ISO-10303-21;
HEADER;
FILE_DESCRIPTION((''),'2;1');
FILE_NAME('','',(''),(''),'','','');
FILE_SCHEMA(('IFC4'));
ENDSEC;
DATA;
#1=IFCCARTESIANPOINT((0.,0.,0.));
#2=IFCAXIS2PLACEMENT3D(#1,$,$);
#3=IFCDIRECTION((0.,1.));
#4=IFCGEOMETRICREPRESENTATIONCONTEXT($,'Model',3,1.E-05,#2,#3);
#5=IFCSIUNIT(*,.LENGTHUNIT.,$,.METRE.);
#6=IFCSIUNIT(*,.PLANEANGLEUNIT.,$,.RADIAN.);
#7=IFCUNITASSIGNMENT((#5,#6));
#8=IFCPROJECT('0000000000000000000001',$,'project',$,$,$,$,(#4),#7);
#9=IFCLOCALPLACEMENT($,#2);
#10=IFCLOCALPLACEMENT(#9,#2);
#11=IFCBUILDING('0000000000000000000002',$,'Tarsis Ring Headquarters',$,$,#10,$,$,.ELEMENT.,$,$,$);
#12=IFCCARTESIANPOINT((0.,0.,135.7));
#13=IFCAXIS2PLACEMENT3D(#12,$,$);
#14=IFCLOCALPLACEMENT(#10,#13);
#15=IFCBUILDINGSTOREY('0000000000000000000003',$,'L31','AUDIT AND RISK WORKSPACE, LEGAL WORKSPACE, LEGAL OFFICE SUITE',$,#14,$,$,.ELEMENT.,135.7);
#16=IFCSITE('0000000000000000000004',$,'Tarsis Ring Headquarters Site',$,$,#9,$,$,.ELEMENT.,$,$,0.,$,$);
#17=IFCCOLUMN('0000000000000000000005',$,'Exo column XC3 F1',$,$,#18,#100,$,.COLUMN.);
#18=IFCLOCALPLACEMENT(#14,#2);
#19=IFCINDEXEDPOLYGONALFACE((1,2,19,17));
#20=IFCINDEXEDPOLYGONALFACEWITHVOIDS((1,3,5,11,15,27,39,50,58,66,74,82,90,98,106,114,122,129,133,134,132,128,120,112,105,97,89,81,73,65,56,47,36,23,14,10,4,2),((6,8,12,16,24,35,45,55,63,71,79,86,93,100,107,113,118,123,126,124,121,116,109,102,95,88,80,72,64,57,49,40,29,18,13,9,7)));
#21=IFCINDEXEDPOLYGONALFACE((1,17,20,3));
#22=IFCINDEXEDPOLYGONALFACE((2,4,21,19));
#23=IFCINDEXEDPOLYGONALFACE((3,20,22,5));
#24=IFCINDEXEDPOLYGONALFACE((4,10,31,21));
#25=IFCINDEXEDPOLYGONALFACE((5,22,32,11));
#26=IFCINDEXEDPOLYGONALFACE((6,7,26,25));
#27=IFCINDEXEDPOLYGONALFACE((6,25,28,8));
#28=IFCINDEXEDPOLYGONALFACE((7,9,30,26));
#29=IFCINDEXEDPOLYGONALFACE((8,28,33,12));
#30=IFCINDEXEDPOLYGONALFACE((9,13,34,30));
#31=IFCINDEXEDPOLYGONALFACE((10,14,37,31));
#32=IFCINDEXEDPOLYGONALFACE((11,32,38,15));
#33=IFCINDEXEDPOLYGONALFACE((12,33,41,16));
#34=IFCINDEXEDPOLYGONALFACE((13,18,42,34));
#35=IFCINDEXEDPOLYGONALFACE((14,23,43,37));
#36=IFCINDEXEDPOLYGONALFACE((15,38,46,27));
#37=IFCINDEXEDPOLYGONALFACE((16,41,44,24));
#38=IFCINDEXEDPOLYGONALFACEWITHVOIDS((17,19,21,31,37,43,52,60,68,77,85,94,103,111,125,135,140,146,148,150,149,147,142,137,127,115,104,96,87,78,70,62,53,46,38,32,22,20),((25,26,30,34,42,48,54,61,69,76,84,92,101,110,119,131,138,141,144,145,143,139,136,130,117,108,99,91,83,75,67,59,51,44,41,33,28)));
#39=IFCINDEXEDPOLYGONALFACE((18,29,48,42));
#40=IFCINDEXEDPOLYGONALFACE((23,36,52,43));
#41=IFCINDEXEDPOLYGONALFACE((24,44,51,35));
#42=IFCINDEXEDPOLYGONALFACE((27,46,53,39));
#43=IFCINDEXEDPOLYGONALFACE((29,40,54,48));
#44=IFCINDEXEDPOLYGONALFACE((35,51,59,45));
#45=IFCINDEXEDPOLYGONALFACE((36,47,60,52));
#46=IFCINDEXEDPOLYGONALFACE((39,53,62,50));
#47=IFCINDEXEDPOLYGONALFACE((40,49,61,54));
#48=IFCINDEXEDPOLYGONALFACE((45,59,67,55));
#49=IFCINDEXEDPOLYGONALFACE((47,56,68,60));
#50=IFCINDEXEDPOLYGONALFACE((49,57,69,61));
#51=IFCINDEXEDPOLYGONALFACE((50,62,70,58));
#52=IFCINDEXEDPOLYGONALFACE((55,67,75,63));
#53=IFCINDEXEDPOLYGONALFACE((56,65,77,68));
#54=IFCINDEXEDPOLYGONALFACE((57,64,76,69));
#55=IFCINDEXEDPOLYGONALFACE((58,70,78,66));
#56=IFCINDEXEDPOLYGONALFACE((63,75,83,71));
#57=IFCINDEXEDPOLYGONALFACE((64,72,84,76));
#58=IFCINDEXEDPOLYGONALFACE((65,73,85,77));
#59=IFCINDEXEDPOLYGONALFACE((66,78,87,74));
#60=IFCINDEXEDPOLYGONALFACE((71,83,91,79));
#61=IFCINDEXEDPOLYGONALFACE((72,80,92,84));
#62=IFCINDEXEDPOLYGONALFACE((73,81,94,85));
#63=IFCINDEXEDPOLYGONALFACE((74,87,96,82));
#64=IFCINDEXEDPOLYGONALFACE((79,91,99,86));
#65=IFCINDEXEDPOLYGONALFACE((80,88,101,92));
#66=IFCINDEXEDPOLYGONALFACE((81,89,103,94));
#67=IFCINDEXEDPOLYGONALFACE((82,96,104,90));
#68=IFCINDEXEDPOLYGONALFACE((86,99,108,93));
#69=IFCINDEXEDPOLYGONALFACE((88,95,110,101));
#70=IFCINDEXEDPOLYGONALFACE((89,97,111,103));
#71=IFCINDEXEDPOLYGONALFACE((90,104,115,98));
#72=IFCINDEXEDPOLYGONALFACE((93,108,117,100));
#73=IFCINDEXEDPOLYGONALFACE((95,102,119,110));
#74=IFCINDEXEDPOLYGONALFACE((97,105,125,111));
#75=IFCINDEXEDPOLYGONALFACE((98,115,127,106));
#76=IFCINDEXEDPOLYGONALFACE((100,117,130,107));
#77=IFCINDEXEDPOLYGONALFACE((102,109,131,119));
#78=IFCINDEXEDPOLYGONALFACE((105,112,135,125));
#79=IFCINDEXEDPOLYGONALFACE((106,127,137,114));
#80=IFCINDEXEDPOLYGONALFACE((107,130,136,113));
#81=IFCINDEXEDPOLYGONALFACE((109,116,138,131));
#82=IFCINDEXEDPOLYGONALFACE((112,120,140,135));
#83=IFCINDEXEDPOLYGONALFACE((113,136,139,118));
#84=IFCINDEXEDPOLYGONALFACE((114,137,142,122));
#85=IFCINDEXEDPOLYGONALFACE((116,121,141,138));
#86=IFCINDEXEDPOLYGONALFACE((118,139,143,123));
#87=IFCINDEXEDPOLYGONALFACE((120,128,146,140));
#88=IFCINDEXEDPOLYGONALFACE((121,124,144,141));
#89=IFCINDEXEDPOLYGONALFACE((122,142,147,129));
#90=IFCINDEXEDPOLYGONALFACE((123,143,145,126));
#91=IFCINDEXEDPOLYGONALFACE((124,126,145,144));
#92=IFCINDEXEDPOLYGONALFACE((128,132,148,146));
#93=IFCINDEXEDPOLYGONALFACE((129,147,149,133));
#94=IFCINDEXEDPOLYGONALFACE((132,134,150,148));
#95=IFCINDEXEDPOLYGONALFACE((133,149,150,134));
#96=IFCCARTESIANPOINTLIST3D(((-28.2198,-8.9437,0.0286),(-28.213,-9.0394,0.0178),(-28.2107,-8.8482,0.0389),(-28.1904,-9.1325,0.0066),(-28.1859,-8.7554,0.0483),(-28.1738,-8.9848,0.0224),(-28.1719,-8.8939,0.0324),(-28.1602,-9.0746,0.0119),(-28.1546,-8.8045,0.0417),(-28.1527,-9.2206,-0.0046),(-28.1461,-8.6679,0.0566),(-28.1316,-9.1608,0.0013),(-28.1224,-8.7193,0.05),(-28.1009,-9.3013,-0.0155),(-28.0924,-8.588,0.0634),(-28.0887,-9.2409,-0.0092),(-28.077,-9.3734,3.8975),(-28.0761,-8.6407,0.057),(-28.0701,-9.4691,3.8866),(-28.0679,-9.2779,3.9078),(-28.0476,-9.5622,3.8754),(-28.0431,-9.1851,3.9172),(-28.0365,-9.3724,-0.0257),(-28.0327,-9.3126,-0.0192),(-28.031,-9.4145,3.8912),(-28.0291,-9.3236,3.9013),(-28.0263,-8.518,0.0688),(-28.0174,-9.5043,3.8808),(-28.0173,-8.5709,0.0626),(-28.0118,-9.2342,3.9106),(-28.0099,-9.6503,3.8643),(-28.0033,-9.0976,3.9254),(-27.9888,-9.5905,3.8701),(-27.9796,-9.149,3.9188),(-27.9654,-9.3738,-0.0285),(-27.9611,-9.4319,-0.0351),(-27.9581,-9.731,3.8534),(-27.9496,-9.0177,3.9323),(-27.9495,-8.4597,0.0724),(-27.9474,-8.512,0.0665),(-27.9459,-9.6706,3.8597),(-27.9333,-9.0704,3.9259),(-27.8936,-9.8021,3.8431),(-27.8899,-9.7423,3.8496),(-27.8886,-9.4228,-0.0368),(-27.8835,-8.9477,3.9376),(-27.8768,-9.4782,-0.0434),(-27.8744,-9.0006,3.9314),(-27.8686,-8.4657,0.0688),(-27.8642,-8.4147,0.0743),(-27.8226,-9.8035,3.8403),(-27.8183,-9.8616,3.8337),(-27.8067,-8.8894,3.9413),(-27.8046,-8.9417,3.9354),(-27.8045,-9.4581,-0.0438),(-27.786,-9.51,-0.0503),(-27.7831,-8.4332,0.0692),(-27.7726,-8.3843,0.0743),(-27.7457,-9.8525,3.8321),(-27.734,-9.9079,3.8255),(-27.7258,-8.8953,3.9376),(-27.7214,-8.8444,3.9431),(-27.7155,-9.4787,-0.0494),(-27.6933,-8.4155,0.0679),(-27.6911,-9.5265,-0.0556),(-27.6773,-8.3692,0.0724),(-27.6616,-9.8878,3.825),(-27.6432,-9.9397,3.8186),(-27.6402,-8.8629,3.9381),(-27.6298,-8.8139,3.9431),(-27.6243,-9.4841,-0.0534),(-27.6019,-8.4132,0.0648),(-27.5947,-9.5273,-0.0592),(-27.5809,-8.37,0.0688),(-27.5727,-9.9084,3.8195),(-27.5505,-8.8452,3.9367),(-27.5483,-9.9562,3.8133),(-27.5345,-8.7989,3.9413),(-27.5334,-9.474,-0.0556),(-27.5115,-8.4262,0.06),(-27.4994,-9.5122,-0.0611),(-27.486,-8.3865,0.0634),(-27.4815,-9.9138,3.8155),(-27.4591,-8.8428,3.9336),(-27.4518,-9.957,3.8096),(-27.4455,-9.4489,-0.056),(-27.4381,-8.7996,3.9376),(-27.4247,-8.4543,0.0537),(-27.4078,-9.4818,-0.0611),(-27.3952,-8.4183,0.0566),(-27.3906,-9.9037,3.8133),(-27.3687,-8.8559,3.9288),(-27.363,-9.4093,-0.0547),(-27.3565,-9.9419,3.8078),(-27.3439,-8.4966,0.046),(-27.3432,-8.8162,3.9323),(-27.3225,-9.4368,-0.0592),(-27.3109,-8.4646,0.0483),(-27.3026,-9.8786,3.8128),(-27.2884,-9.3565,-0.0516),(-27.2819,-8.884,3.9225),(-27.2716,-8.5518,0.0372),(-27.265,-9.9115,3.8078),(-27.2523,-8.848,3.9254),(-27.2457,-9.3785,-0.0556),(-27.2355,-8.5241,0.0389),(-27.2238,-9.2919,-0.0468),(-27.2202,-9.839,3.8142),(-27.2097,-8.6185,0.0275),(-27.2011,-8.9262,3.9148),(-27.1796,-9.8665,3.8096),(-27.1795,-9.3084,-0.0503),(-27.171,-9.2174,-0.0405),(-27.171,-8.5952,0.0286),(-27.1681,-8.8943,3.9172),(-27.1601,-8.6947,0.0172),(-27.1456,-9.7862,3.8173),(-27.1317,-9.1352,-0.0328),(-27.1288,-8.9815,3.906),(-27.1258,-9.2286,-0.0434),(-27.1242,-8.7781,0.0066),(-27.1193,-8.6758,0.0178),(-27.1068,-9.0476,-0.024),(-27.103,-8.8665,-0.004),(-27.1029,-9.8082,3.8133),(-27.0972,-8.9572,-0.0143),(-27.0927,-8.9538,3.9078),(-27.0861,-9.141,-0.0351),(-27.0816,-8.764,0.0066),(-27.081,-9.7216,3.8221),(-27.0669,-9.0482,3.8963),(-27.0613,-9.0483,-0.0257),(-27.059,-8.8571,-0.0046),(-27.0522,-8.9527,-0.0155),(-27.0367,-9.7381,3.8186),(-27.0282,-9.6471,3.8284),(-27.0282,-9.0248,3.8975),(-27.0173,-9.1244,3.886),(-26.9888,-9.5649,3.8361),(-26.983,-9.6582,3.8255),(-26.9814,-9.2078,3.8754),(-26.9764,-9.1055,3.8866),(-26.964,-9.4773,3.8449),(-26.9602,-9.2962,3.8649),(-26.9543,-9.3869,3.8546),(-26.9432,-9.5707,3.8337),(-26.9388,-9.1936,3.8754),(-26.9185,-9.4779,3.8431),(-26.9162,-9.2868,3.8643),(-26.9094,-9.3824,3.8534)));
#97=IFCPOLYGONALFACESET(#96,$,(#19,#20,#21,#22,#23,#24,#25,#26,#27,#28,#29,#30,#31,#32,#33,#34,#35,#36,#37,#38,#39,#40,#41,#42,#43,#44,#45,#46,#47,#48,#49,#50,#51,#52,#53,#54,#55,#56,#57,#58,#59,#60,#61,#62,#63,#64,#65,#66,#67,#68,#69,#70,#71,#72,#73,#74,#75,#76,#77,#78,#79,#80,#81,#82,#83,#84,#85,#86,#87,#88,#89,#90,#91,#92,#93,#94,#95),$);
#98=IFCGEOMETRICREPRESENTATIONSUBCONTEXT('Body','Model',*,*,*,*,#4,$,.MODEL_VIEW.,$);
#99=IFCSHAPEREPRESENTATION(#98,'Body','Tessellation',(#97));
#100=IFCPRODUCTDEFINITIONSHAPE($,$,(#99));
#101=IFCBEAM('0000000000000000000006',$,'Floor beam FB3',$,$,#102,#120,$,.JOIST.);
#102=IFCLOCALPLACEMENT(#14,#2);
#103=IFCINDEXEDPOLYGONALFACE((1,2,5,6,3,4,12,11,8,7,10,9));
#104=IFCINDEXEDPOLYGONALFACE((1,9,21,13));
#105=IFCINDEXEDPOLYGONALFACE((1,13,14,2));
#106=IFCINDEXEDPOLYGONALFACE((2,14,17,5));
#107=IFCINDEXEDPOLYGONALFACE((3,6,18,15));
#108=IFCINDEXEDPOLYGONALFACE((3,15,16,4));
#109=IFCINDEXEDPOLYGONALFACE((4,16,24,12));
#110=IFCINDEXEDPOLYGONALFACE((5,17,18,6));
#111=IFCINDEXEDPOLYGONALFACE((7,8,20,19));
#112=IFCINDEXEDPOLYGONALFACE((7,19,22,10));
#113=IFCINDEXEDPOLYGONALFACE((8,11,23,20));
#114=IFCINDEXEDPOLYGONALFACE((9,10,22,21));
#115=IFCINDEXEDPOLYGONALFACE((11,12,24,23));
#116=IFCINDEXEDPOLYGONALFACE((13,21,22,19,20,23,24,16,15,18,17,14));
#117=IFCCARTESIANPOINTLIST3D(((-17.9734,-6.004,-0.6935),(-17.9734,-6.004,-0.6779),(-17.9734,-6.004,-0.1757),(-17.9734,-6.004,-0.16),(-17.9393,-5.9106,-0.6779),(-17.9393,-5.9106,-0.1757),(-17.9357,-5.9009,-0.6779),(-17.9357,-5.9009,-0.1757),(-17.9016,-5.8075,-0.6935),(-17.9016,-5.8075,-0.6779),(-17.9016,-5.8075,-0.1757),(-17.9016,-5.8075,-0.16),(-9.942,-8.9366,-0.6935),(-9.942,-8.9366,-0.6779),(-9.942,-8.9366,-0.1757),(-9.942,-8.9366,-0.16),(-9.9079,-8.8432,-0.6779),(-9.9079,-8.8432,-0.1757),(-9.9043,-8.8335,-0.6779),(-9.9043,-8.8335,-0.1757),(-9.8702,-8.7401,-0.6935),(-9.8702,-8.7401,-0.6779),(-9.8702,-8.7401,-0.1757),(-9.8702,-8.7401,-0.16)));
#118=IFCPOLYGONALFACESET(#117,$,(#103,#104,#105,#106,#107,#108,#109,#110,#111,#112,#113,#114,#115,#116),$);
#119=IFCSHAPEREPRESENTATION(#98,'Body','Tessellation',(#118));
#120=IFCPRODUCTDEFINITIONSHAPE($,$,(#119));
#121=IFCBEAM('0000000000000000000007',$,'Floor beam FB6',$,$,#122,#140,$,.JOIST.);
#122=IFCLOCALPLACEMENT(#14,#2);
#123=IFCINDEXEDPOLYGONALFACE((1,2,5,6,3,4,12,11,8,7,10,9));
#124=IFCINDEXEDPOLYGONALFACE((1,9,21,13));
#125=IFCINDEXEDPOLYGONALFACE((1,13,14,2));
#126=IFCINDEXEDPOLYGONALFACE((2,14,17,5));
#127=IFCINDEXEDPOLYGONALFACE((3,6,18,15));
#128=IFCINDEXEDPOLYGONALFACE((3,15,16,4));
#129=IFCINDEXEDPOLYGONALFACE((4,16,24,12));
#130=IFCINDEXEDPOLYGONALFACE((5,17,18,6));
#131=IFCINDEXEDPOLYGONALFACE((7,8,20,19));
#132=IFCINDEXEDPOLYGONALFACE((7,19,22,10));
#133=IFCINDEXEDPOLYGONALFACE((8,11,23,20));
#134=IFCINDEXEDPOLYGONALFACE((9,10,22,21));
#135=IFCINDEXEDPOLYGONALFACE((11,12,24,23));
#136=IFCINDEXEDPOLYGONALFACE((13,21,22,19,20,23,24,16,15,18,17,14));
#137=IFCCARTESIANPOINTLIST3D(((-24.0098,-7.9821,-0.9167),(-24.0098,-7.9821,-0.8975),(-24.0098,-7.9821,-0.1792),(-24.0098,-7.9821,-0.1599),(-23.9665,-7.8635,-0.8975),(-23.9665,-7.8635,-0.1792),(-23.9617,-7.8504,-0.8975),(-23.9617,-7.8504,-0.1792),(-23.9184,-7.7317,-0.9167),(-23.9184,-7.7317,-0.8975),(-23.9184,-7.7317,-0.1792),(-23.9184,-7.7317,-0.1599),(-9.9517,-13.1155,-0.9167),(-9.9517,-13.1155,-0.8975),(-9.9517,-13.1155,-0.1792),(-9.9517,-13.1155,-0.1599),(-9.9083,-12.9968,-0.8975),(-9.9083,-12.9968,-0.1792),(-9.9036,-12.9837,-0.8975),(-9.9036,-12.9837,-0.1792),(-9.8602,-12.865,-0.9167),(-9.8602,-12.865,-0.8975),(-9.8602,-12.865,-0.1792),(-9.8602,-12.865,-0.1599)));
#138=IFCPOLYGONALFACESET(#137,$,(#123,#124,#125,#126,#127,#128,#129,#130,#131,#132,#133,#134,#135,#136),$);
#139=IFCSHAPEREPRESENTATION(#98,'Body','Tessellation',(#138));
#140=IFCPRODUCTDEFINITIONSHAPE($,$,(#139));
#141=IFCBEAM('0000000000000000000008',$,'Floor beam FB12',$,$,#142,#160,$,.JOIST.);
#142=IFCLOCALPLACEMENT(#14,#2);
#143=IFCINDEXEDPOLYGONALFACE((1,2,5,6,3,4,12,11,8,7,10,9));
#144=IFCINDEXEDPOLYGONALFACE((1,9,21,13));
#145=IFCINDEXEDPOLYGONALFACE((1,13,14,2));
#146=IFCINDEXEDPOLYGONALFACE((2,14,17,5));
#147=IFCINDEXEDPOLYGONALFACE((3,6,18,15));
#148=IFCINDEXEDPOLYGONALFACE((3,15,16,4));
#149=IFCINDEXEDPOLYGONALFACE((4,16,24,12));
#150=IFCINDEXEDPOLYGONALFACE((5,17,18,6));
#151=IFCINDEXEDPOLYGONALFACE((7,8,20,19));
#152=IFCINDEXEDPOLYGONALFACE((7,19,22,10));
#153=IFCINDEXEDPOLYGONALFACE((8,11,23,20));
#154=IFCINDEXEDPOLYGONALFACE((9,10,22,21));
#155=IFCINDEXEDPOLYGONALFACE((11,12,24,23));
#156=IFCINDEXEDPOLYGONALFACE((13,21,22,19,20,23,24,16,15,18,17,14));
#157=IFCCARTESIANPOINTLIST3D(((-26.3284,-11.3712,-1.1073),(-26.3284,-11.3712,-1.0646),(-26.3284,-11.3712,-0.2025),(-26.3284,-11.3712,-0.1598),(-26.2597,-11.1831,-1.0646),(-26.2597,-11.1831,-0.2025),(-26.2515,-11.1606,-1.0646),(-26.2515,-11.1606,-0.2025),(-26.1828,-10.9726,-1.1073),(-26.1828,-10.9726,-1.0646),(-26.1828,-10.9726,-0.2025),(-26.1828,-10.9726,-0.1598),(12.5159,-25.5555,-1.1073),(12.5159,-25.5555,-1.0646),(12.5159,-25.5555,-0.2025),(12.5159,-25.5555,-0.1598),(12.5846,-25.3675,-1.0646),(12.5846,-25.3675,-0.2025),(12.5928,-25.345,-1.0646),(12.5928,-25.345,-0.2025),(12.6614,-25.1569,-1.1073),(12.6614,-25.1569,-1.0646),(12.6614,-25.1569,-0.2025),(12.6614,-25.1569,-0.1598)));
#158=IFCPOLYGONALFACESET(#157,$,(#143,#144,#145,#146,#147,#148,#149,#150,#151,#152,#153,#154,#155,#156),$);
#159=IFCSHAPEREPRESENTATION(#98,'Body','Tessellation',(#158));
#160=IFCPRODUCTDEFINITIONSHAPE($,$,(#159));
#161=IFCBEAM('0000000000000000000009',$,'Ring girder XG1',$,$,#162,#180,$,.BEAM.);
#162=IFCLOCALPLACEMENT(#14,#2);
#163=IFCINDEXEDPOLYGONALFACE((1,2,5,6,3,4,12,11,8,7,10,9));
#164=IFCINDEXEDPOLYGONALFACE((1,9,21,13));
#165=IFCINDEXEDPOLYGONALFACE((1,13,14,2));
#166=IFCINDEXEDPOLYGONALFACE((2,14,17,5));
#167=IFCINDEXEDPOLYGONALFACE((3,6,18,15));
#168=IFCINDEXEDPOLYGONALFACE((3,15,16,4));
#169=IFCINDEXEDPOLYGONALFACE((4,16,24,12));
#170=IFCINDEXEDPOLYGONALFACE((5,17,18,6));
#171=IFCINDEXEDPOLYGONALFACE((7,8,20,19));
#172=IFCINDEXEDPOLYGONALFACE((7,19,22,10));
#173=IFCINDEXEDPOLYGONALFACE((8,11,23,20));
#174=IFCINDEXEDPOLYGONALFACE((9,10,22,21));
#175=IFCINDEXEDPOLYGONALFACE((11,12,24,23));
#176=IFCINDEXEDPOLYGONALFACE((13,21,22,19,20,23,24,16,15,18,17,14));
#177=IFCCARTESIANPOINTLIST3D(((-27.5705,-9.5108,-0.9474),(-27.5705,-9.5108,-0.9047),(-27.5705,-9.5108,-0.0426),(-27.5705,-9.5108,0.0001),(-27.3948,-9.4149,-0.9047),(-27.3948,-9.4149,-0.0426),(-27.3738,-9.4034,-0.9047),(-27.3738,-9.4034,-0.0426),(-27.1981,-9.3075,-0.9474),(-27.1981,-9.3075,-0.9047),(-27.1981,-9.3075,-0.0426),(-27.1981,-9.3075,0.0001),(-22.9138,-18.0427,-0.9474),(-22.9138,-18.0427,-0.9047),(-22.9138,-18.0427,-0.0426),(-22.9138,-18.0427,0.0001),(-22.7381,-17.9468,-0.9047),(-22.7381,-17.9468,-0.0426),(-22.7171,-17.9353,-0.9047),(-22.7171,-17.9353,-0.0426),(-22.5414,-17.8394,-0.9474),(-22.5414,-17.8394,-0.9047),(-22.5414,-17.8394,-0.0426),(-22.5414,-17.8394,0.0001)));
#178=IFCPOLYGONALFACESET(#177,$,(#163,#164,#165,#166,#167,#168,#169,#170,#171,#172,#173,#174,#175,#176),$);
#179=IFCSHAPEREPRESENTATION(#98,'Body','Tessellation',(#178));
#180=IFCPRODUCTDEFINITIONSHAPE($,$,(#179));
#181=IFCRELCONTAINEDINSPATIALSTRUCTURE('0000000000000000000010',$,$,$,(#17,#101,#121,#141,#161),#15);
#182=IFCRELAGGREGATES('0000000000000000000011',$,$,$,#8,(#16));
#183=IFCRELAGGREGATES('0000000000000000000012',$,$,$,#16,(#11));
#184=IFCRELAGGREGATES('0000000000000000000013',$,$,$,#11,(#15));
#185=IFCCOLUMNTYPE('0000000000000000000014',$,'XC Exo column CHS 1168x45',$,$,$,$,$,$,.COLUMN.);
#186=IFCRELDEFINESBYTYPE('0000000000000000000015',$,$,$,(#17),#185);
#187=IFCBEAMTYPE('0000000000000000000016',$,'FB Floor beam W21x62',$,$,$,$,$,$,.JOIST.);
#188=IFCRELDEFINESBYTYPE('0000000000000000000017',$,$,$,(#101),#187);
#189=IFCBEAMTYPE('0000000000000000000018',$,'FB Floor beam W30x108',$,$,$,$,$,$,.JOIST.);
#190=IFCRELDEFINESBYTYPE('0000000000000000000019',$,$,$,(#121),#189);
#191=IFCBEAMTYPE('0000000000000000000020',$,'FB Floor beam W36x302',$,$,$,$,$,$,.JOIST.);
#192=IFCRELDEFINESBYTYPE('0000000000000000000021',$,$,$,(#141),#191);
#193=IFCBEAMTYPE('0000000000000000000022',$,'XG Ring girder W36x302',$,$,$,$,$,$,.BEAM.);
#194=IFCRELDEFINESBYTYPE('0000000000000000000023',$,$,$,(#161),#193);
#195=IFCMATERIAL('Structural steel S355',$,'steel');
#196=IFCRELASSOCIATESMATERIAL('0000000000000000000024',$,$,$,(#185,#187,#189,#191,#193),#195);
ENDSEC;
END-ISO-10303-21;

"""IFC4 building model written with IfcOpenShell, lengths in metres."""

from ifc_helpers import new_model, si_unit, direction, frame, origin, origin_2d, place, context, subcontext, project, spatial, hollow_circle, i_section, extrude, material, material_profile, profile_set, type_object, element, save


model = new_model("IFC4")

# Units and contexts
model_context = context("Model", 3, precision=1e-05, world=origin(), true_north=direction((0.0, 1.0)))
body_context = subcontext(model_context, "Body", "Model", "MODEL_VIEW")
ifc_project = project(units=[si_unit("LENGTHUNIT", "METRE"), si_unit("PLANEANGLEUNIT", "RADIAN")], contexts=[model_context])

# Site, building, storey
site_placement = place(None, origin())
site = spatial("IfcSite", under=ifc_project, at=site_placement, Name="Tarsis Ring Headquarters Site", CompositionType="ELEMENT", RefElevation=0.0)
building_placement = place(site_placement, origin())
building = spatial("IfcBuilding", under=site, at=building_placement, Name="Tarsis Ring Headquarters", CompositionType="ELEMENT")
storey_placement = place(building_placement, frame((0.0, 0.0, 135.7)))
storey = spatial("IfcBuildingStorey", under=building, at=storey_placement, Name="L31", Description="AUDIT AND RISK WORKSPACE, LEGAL WORKSPACE, LEGAL OFFICE SUITE", CompositionType="ELEMENT", Elevation=135.7)

# Column
ifc_material_1 = material(Name="Structural steel S355", Category="steel")
ifc_material_profile_1 = material_profile(ifc_material_1, hollow_circle(Radius=0.5842, WallThickness=0.0449, at=origin_2d()), Name="CHS 1168x45")
ifc_profile_set_1 = profile_set([ifc_material_profile_1], Name="Structural steel S355")
column_type = type_object("IfcColumnType", Name="XC Exo column CHS 1168x45", PredefinedType="COLUMN", material=ifc_profile_set_1)
column_placement = place(storey_placement, frame((-27.636, -8.9482, 0.0066), z_axis=(0.036665, -0.110309, 0.993221), x_axis=(0.948953, 0.315419, 0.0)))
element("IfcColumn", 1, at=column_placement, inside=storey, type_object=column_type, Name="Exo column XC3 F1", PredefinedType="COLUMN", context=body_context, shape_type="SweptSolid", body=[
    extrude(hollow_circle(Radius=0.5842, WallThickness=0.0449, at=origin_2d()), origin(), (0.0, 0.0, 1.0), 3.8953),
])

# Beams
ifc_material_profile_2 = material_profile(ifc_material_1, i_section(OverallWidth=0.2092, OverallDepth=0.5334, WebThickness=0.0103, FlangeThickness=0.0156, at=origin_2d()), Name="W21x62")
ifc_profile_set_2 = profile_set([ifc_material_profile_2], Name="Structural steel S355")
beam_type_1 = type_object("IfcBeamType", Name="FB Floor beam W21x62", PredefinedType="JOIST", material=ifc_profile_set_2)
beam_1_placement = place(storey_placement, frame((-17.9375, -5.9058, -0.4268), z_axis=(0.939339, -0.34299, 0.0), x_axis=(0.34299, 0.939339, 0.0)))
element("IfcBeam", 2, at=beam_1_placement, inside=storey, type_object=beam_type_1, Name="Floor beam FB3", PredefinedType="JOIST", context=body_context, shape_type="SweptSolid", body=[
    extrude(i_section(OverallWidth=0.2092, OverallDepth=0.5334, WebThickness=0.0103, FlangeThickness=0.0156, at=origin_2d()), origin(), (0.0, 0.0, 1.0), 8.55),
])
ifc_material_profile_3 = material_profile(ifc_material_1, i_section(OverallWidth=0.2666, OverallDepth=0.7568, WebThickness=0.0139, FlangeThickness=0.0193, at=origin_2d()), Name="W30x108")
ifc_profile_set_3 = profile_set([ifc_material_profile_3], Name="Structural steel S355")
beam_type_2 = type_object("IfcBeamType", Name="FB Floor beam W30x108", PredefinedType="JOIST", material=ifc_profile_set_3)
beam_2_placement = place(storey_placement, frame((-23.9641, -7.8569, -0.5383), z_axis=(0.939336, -0.342998, 0.0), x_axis=(0.342998, 0.939336, 0.0)))
element("IfcBeam", 3, at=beam_2_placement, inside=storey, type_object=beam_type_2, Name="Floor beam FB6", PredefinedType="JOIST", context=body_context, shape_type="SweptSolid", body=[
    extrude(i_section(OverallWidth=0.2666, OverallDepth=0.7568, WebThickness=0.0139, FlangeThickness=0.0193, at=origin_2d()), origin(), (0.0, 0.0, 1.0), 14.9661),
])
ifc_material_profile_4 = material_profile(ifc_material_1, i_section(OverallWidth=0.4243, OverallDepth=0.9475, WebThickness=0.0239, FlangeThickness=0.0427, at=origin_2d()), Name="W36x302")
ifc_profile_set_4 = profile_set([ifc_material_profile_4], Name="Structural steel S355")
beam_type_3 = type_object("IfcBeamType", Name="FB Floor beam W36x302", PredefinedType="JOIST", material=ifc_profile_set_4)
beam_3_placement = place(storey_placement, frame((-26.2556, -11.1719, -0.6335), z_axis=(0.939333, -0.343006, 0.0), x_axis=(0.343006, 0.939333, 0.0)))
element("IfcBeam", 4, at=beam_3_placement, inside=storey, type_object=beam_type_3, Name="Floor beam FB12", PredefinedType="JOIST", context=body_context, shape_type="SweptSolid", body=[
    extrude(i_section(OverallWidth=0.4243, OverallDepth=0.9475, WebThickness=0.0239, FlangeThickness=0.0427, at=origin_2d()), origin(), (0.0, 0.0, 1.0), 41.353),
])
beam_type_4 = type_object("IfcBeamType", Name="XG Ring girder W36x302", PredefinedType="BEAM", material=ifc_profile_set_4)
beam_4_placement = place(storey_placement, frame((-27.3843, -9.4092, -0.4736), z_axis=(0.479084, -0.877769, 0.0), x_axis=(0.877769, 0.479084, 0.0)))
element("IfcBeam", 5, at=beam_4_placement, inside=storey, type_object=beam_type_4, Name="Ring girder XG1", PredefinedType="BEAM", context=body_context, shape_type="SweptSolid", body=[
    extrude(i_section(OverallWidth=0.4243, OverallDepth=0.9475, WebThickness=0.0239, FlangeThickness=0.0427, at=origin_2d()), origin(), (0.0, 0.0, 1.0), 9.72),
])

save(model, "model.ifc")
